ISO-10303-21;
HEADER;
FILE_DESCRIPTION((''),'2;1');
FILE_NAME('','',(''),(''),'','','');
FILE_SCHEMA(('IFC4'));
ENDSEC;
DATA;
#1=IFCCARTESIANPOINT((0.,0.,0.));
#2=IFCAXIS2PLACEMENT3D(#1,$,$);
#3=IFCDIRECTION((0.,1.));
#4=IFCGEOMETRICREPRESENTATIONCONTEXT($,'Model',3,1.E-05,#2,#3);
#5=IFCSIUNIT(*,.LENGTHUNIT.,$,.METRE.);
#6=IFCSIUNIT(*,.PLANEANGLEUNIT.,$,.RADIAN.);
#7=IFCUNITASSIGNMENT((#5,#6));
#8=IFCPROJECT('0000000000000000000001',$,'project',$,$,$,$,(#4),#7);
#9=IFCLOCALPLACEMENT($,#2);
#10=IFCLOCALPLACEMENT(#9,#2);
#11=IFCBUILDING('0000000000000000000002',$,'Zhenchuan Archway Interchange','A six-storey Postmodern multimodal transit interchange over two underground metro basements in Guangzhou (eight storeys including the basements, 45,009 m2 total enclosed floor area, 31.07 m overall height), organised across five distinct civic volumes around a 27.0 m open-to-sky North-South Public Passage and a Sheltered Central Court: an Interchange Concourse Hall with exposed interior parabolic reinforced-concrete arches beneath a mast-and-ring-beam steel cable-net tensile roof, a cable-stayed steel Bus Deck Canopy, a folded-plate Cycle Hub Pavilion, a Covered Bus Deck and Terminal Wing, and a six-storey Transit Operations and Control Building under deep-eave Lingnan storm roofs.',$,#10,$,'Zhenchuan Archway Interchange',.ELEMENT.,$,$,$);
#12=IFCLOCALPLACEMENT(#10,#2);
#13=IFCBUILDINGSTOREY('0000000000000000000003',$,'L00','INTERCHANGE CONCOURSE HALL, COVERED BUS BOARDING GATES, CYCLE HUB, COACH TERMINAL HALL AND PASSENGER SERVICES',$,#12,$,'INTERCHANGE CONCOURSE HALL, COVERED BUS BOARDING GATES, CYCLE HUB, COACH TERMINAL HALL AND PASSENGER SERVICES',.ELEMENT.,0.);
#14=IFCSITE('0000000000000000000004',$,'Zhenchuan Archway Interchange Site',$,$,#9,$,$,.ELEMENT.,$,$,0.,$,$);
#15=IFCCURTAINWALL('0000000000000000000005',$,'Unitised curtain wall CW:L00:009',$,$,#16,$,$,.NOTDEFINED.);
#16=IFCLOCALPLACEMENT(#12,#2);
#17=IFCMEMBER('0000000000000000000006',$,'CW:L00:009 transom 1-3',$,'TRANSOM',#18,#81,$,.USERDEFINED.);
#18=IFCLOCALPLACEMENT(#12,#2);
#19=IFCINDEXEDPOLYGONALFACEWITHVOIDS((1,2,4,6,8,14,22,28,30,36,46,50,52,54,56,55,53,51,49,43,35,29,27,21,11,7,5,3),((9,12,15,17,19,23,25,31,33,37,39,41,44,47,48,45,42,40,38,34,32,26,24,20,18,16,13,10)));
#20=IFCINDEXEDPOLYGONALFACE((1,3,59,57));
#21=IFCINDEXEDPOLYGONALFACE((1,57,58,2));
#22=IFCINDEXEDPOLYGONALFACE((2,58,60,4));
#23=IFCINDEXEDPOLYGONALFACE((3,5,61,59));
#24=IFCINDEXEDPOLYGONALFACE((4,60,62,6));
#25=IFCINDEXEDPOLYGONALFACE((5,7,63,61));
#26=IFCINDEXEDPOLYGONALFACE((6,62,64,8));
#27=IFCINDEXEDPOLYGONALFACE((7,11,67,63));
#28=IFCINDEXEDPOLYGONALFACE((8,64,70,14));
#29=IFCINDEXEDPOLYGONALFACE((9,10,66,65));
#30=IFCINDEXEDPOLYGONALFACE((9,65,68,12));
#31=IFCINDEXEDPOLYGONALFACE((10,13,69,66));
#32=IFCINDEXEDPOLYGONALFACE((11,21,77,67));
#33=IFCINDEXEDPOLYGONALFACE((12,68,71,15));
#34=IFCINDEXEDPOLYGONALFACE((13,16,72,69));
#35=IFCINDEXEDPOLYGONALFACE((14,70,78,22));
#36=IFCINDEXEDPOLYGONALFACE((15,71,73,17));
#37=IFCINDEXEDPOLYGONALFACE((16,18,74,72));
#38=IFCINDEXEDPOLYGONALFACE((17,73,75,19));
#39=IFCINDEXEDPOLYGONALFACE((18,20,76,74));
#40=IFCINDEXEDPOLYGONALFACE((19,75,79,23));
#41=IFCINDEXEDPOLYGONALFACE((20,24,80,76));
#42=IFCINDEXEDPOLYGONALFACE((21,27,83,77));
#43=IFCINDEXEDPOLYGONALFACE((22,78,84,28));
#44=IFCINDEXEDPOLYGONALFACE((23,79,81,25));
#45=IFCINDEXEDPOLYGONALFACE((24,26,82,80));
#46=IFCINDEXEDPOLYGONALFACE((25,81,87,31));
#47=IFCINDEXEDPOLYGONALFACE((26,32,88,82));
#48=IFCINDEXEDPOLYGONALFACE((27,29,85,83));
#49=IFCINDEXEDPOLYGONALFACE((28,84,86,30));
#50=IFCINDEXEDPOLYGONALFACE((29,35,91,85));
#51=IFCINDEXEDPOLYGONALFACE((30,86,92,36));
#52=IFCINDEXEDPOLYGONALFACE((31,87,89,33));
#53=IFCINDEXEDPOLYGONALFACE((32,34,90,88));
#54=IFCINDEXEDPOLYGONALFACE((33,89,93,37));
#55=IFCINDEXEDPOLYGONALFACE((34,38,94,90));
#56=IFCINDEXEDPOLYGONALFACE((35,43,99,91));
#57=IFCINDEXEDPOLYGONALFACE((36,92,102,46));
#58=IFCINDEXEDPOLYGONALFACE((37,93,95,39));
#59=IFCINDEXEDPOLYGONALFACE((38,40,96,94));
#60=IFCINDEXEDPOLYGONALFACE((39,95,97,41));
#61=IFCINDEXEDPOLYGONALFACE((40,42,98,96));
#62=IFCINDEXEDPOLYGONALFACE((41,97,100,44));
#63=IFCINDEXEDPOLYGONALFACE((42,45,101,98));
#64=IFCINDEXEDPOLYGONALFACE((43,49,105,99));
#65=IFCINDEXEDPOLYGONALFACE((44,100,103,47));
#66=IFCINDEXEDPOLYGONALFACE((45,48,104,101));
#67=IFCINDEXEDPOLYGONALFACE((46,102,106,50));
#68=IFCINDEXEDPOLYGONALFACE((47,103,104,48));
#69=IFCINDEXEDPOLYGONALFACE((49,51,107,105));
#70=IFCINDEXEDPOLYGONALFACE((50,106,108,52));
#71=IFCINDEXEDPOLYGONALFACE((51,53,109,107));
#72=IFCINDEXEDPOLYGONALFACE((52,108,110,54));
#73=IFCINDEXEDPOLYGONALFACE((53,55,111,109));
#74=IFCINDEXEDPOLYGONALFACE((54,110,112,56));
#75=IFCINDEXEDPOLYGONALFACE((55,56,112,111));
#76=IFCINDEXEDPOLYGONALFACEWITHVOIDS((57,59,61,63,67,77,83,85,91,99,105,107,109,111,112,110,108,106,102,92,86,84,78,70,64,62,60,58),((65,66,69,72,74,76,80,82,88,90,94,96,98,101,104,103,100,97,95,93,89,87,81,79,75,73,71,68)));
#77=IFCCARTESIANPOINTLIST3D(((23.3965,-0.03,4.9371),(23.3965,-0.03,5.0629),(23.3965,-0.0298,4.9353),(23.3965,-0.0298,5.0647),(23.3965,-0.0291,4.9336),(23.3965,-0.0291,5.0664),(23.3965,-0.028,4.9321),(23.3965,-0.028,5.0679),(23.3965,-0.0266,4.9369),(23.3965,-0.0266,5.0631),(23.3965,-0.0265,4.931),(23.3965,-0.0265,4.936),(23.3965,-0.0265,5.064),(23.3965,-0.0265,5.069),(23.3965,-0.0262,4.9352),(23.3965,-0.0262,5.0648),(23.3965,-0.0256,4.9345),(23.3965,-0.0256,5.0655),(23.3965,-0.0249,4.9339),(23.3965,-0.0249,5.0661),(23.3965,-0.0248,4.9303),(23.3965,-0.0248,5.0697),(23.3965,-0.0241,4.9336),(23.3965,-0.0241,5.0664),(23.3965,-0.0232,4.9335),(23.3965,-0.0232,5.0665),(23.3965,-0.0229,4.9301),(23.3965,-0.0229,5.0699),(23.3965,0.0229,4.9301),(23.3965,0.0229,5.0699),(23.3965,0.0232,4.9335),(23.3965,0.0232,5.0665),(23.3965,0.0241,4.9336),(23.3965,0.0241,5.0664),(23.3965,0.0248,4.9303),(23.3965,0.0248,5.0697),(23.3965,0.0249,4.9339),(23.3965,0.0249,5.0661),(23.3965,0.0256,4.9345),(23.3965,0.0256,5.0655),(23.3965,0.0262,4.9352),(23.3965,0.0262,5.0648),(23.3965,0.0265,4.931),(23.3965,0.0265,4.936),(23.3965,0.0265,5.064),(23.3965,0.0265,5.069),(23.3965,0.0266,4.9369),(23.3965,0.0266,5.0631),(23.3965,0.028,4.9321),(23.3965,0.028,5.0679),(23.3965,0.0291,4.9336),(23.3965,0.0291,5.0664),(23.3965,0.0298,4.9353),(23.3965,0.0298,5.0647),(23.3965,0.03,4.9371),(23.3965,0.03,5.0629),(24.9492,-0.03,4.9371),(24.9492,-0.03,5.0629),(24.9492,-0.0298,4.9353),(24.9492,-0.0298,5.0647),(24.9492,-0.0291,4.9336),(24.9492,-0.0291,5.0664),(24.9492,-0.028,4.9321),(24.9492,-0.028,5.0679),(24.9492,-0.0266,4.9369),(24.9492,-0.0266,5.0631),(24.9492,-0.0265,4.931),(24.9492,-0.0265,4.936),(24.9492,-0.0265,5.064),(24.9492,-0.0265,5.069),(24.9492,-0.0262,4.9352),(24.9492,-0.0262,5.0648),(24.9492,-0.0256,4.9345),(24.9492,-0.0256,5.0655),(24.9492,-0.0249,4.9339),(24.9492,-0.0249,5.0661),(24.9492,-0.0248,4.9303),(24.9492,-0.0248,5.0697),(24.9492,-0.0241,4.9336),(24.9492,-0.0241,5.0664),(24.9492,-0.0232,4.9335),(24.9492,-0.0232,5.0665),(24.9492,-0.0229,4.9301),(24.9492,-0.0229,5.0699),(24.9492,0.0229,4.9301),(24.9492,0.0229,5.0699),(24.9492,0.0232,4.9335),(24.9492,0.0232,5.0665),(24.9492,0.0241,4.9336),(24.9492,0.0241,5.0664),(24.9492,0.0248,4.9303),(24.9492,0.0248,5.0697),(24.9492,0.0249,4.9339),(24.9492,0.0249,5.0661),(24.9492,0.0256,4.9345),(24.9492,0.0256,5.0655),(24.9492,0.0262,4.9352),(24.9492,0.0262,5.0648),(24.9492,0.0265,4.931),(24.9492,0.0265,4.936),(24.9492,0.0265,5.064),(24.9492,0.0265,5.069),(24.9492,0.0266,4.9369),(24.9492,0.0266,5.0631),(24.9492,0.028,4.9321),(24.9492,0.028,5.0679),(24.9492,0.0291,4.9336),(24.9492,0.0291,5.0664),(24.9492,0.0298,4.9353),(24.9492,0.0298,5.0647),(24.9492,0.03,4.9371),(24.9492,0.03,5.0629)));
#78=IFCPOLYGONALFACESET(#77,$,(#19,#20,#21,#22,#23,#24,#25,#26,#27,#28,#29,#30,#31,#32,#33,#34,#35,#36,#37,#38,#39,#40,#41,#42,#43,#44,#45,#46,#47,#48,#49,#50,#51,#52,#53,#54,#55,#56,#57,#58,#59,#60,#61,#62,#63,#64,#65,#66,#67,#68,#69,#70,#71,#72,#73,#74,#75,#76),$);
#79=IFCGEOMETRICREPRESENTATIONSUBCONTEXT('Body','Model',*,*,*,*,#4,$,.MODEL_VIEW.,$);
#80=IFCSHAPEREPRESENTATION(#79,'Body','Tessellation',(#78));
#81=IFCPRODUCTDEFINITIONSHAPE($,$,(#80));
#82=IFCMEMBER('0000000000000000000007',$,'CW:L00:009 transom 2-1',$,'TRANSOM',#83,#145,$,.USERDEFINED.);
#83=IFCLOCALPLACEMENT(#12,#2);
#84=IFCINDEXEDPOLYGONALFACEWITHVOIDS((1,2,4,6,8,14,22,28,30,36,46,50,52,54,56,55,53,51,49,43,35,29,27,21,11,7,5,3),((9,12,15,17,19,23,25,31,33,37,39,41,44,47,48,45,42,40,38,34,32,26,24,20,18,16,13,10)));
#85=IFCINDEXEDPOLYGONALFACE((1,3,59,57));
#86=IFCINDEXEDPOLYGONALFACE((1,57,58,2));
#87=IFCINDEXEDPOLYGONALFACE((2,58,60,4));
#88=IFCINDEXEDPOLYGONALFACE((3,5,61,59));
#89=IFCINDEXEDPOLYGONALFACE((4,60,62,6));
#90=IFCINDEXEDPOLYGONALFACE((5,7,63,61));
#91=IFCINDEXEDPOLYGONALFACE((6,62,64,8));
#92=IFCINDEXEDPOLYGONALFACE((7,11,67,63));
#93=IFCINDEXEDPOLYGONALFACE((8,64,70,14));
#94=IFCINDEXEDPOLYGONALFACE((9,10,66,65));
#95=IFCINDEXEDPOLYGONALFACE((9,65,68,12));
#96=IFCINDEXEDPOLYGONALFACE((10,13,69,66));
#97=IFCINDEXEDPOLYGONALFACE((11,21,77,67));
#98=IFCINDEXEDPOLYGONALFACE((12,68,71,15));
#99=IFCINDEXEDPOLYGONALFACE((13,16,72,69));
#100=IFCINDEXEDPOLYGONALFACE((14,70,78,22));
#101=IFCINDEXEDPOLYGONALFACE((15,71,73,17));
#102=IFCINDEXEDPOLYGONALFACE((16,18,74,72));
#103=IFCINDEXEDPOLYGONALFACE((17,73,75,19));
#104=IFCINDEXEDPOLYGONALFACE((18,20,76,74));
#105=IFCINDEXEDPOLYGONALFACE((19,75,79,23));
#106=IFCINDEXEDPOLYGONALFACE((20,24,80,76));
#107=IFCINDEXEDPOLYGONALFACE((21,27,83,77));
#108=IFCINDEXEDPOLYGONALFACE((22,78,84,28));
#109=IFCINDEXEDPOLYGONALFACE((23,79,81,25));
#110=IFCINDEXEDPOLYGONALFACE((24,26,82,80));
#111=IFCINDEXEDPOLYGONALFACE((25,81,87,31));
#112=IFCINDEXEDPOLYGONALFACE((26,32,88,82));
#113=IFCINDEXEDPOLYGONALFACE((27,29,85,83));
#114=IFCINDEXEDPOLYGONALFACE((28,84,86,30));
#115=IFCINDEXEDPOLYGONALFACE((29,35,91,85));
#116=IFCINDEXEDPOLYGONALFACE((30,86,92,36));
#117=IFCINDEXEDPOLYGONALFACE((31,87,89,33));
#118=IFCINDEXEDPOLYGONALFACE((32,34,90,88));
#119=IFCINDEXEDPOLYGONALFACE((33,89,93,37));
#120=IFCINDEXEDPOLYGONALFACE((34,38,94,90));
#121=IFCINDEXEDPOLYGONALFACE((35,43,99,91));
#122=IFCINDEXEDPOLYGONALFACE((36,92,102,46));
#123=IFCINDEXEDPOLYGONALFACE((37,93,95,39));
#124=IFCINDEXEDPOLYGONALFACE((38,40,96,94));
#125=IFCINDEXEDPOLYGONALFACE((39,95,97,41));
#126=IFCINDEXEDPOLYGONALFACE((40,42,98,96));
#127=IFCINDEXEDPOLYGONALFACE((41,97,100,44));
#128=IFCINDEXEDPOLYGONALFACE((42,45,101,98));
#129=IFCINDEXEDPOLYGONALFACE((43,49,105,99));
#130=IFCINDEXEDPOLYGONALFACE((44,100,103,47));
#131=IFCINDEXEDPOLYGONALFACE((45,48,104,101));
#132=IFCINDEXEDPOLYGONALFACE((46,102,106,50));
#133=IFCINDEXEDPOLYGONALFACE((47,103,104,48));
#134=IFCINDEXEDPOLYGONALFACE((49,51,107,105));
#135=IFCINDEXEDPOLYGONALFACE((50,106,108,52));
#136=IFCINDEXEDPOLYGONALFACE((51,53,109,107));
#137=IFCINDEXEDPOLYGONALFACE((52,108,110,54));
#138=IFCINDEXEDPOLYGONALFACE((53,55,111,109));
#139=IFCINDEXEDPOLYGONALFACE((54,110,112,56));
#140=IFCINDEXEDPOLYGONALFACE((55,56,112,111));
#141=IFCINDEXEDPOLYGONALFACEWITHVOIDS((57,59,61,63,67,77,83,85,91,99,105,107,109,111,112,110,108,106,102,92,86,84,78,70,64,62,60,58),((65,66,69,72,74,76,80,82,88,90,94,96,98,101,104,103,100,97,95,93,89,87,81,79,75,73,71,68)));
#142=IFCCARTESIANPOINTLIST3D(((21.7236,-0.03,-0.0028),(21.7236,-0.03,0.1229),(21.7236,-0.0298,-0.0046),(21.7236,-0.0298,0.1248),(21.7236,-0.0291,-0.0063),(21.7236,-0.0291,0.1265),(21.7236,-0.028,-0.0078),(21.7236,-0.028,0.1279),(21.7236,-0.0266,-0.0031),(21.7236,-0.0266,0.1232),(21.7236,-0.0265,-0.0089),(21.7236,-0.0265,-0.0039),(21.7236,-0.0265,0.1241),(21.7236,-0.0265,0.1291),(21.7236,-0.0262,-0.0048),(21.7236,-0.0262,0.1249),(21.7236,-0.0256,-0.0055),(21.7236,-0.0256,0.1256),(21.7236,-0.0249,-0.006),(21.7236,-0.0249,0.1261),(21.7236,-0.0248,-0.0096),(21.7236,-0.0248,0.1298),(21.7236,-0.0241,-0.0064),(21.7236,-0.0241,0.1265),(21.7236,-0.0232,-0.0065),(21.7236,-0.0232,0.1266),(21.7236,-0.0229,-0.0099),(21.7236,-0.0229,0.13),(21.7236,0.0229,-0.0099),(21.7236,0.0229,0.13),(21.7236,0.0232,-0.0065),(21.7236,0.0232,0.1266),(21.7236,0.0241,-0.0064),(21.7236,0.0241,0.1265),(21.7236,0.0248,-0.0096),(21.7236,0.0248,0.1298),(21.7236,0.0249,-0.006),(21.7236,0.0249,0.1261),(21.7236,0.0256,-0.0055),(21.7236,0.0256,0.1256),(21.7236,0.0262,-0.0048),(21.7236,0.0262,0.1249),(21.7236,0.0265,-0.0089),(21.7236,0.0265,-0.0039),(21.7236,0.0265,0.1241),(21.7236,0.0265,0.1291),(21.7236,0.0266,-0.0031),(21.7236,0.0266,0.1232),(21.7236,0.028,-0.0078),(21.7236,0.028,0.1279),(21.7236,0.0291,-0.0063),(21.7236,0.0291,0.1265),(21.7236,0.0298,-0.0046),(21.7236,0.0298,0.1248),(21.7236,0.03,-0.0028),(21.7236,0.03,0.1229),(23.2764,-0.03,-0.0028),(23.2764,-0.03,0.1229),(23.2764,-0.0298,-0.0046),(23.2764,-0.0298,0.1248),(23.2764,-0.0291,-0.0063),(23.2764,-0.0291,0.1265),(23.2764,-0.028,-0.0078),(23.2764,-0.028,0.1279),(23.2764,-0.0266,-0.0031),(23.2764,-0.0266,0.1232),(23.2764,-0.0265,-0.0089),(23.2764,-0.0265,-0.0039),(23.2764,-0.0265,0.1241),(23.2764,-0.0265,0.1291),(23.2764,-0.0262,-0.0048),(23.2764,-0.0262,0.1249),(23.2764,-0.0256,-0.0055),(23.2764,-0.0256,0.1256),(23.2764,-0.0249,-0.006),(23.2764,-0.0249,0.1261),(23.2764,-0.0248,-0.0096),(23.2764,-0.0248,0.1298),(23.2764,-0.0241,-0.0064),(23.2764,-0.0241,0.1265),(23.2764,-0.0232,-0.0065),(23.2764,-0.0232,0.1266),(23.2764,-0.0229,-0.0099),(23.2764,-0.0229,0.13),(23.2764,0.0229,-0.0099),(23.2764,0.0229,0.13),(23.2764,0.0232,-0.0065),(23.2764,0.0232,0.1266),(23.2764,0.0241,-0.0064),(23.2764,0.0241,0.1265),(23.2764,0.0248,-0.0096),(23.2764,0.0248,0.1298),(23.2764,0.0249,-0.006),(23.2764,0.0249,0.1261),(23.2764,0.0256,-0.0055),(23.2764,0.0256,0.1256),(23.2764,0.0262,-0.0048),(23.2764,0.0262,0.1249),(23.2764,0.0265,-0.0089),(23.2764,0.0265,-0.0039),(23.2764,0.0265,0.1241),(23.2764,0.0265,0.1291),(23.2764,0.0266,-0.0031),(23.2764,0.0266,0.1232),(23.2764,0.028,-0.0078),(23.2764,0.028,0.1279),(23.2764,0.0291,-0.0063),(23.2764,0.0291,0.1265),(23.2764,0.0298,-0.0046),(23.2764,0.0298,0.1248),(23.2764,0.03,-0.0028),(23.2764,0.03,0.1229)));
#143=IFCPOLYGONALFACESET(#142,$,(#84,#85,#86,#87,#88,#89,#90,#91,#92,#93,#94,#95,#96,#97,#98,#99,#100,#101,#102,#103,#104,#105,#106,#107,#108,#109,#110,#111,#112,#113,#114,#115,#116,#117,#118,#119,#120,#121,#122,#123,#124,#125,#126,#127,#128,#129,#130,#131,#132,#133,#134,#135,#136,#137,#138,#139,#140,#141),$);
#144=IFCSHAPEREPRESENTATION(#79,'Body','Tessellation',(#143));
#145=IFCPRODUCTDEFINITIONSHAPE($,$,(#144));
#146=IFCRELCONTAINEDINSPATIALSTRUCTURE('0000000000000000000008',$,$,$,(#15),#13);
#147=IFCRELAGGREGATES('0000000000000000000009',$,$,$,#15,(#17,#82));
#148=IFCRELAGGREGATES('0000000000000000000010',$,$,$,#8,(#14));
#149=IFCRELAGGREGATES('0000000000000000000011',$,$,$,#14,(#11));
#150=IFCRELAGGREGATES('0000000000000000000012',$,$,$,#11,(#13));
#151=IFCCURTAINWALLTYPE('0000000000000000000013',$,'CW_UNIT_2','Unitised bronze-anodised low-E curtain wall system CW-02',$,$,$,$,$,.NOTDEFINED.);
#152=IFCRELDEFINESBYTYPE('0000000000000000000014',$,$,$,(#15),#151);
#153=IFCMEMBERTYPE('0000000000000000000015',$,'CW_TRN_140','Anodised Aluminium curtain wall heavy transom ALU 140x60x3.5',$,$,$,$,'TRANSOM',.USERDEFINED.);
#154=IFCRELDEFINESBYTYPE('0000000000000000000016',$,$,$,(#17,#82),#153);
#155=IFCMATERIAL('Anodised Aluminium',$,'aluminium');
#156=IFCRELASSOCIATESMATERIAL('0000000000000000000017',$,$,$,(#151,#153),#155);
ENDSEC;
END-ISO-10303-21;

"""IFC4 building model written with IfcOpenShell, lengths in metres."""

from ifc_helpers import new_model, si_unit, direction, frame, origin, origin_2d, place, context, subcontext, project, spatial, hollow_rectangle, extrude, material, material_profile, profile_set, type_object, element, aggregate, save


model = new_model("IFC4")

# Units and contexts
model_context = context("Model", 3, precision=1e-05, world=origin(), true_north=direction((0.0, 1.0)))
body_context = subcontext(model_context, "Body", "Model", "MODEL_VIEW")
ifc_project = project(units=[si_unit("LENGTHUNIT", "METRE"), si_unit("PLANEANGLEUNIT", "RADIAN")], contexts=[model_context])

# Site, building, storey
site_placement = place(None, origin())
site = spatial("IfcSite", under=ifc_project, at=site_placement, Name="Zhenchuan Archway Interchange Site", CompositionType="ELEMENT", RefElevation=0.0)
building_placement = place(site_placement, origin())
building = spatial("IfcBuilding", under=site, at=building_placement, Name="Zhenchuan Archway Interchange", Description="A six-storey Postmodern multimodal transit interchange over two underground metro basements in Guangzhou (eight storeys including the basements, 45,009 m2 total enclosed floor area, 31.07 m overall height), organised across five distinct civic volumes around a 27.0 m open-to-sky North-South Public Passage and a Sheltered Central Court: an Interchange Concourse Hall with exposed interior parabolic reinforced-concrete arches beneath a mast-and-ring-beam steel cable-net tensile roof, a cable-stayed steel Bus Deck Canopy, a folded-plate Cycle Hub Pavilion, a Covered Bus Deck and Terminal Wing, and a six-storey Transit Operations and Control Building under deep-eave Lingnan storm roofs.", LongName="Zhenchuan Archway Interchange", CompositionType="ELEMENT")
storey_placement = place(building_placement, origin())
storey = spatial("IfcBuildingStorey", under=building, at=storey_placement, Name="L00", Description="INTERCHANGE CONCOURSE HALL, COVERED BUS BOARDING GATES, CYCLE HUB, COACH TERMINAL HALL AND PASSENGER SERVICES", LongName="INTERCHANGE CONCOURSE HALL, COVERED BUS BOARDING GATES, CYCLE HUB, COACH TERMINAL HALL AND PASSENGER SERVICES", CompositionType="ELEMENT", Elevation=0.0)

# Curtain wall, members
ifc_material_1 = material(Name="Anodised Aluminium", Category="aluminium")
curtain_wall_type = type_object("IfcCurtainWallType", Name="CW_UNIT_2", Description="Unitised bronze-anodised low-E curtain wall system CW-02", PredefinedType="NOTDEFINED", material=ifc_material_1)
curtain_wall_placement = place(storey_placement, origin())
curtain_wall = element("IfcCurtainWall", 1, at=curtain_wall_placement, inside=storey, type_object=curtain_wall_type, Name="Unitised curtain wall CW:L00:009", PredefinedType="NOTDEFINED")
ifc_material_profile_1 = material_profile(ifc_material_1, hollow_rectangle(XDim=0.0601, YDim=0.1399, WallThickness=0.0034, InnerFilletRadius=0.0034, OuterFilletRadius=0.0071, at=origin_2d()), Name="ALU 140x60x3.5")
ifc_profile_set_1 = profile_set([ifc_material_profile_1], Name="Anodised Aluminium")
member_type_1 = type_object("IfcMemberType", Name="CW_TRN_140", Description="Anodised Aluminium curtain wall heavy transom ALU 140x60x3.5", ElementType="TRANSOM", PredefinedType="USERDEFINED", material=ifc_profile_set_1)
member_1_placement = place(storey_placement, frame((24.9492, 0.0, 5.0), z_axis=(-1.0, 0.0, 0.0), x_axis=(0.0, -1.0, 0.0)))
member_1 = element("IfcMember", 2, at=member_1_placement, type_object=member_type_1, Name="CW:L00:009 transom 1-3", ObjectType="TRANSOM", PredefinedType="USERDEFINED", context=body_context, shape_type="SweptSolid", body=[
    extrude(hollow_rectangle(XDim=0.0601, YDim=0.1399, WallThickness=0.0034, InnerFilletRadius=0.0034, OuterFilletRadius=0.0071, at=origin_2d()), origin(), (0.0, 0.0, 1.0), 1.5527),
])
member_2_placement = place(storey_placement, frame((23.2764, 0.0, 0.0601), z_axis=(-1.0, 0.0, 0.0), x_axis=(0.0, -1.0, 0.0)))
member_2 = element("IfcMember", 3, at=member_2_placement, type_object=member_type_1, Name="CW:L00:009 transom 2-1", ObjectType="TRANSOM", PredefinedType="USERDEFINED", context=body_context, shape_type="SweptSolid", body=[
    extrude(hollow_rectangle(XDim=0.0601, YDim=0.1399, WallThickness=0.0034, InnerFilletRadius=0.0034, OuterFilletRadius=0.0071, at=origin_2d()), origin(), (0.0, 0.0, 1.0), 1.5527),
])

aggregate(curtain_wall, [member_1, member_2])

save(model, "model.ifc")
